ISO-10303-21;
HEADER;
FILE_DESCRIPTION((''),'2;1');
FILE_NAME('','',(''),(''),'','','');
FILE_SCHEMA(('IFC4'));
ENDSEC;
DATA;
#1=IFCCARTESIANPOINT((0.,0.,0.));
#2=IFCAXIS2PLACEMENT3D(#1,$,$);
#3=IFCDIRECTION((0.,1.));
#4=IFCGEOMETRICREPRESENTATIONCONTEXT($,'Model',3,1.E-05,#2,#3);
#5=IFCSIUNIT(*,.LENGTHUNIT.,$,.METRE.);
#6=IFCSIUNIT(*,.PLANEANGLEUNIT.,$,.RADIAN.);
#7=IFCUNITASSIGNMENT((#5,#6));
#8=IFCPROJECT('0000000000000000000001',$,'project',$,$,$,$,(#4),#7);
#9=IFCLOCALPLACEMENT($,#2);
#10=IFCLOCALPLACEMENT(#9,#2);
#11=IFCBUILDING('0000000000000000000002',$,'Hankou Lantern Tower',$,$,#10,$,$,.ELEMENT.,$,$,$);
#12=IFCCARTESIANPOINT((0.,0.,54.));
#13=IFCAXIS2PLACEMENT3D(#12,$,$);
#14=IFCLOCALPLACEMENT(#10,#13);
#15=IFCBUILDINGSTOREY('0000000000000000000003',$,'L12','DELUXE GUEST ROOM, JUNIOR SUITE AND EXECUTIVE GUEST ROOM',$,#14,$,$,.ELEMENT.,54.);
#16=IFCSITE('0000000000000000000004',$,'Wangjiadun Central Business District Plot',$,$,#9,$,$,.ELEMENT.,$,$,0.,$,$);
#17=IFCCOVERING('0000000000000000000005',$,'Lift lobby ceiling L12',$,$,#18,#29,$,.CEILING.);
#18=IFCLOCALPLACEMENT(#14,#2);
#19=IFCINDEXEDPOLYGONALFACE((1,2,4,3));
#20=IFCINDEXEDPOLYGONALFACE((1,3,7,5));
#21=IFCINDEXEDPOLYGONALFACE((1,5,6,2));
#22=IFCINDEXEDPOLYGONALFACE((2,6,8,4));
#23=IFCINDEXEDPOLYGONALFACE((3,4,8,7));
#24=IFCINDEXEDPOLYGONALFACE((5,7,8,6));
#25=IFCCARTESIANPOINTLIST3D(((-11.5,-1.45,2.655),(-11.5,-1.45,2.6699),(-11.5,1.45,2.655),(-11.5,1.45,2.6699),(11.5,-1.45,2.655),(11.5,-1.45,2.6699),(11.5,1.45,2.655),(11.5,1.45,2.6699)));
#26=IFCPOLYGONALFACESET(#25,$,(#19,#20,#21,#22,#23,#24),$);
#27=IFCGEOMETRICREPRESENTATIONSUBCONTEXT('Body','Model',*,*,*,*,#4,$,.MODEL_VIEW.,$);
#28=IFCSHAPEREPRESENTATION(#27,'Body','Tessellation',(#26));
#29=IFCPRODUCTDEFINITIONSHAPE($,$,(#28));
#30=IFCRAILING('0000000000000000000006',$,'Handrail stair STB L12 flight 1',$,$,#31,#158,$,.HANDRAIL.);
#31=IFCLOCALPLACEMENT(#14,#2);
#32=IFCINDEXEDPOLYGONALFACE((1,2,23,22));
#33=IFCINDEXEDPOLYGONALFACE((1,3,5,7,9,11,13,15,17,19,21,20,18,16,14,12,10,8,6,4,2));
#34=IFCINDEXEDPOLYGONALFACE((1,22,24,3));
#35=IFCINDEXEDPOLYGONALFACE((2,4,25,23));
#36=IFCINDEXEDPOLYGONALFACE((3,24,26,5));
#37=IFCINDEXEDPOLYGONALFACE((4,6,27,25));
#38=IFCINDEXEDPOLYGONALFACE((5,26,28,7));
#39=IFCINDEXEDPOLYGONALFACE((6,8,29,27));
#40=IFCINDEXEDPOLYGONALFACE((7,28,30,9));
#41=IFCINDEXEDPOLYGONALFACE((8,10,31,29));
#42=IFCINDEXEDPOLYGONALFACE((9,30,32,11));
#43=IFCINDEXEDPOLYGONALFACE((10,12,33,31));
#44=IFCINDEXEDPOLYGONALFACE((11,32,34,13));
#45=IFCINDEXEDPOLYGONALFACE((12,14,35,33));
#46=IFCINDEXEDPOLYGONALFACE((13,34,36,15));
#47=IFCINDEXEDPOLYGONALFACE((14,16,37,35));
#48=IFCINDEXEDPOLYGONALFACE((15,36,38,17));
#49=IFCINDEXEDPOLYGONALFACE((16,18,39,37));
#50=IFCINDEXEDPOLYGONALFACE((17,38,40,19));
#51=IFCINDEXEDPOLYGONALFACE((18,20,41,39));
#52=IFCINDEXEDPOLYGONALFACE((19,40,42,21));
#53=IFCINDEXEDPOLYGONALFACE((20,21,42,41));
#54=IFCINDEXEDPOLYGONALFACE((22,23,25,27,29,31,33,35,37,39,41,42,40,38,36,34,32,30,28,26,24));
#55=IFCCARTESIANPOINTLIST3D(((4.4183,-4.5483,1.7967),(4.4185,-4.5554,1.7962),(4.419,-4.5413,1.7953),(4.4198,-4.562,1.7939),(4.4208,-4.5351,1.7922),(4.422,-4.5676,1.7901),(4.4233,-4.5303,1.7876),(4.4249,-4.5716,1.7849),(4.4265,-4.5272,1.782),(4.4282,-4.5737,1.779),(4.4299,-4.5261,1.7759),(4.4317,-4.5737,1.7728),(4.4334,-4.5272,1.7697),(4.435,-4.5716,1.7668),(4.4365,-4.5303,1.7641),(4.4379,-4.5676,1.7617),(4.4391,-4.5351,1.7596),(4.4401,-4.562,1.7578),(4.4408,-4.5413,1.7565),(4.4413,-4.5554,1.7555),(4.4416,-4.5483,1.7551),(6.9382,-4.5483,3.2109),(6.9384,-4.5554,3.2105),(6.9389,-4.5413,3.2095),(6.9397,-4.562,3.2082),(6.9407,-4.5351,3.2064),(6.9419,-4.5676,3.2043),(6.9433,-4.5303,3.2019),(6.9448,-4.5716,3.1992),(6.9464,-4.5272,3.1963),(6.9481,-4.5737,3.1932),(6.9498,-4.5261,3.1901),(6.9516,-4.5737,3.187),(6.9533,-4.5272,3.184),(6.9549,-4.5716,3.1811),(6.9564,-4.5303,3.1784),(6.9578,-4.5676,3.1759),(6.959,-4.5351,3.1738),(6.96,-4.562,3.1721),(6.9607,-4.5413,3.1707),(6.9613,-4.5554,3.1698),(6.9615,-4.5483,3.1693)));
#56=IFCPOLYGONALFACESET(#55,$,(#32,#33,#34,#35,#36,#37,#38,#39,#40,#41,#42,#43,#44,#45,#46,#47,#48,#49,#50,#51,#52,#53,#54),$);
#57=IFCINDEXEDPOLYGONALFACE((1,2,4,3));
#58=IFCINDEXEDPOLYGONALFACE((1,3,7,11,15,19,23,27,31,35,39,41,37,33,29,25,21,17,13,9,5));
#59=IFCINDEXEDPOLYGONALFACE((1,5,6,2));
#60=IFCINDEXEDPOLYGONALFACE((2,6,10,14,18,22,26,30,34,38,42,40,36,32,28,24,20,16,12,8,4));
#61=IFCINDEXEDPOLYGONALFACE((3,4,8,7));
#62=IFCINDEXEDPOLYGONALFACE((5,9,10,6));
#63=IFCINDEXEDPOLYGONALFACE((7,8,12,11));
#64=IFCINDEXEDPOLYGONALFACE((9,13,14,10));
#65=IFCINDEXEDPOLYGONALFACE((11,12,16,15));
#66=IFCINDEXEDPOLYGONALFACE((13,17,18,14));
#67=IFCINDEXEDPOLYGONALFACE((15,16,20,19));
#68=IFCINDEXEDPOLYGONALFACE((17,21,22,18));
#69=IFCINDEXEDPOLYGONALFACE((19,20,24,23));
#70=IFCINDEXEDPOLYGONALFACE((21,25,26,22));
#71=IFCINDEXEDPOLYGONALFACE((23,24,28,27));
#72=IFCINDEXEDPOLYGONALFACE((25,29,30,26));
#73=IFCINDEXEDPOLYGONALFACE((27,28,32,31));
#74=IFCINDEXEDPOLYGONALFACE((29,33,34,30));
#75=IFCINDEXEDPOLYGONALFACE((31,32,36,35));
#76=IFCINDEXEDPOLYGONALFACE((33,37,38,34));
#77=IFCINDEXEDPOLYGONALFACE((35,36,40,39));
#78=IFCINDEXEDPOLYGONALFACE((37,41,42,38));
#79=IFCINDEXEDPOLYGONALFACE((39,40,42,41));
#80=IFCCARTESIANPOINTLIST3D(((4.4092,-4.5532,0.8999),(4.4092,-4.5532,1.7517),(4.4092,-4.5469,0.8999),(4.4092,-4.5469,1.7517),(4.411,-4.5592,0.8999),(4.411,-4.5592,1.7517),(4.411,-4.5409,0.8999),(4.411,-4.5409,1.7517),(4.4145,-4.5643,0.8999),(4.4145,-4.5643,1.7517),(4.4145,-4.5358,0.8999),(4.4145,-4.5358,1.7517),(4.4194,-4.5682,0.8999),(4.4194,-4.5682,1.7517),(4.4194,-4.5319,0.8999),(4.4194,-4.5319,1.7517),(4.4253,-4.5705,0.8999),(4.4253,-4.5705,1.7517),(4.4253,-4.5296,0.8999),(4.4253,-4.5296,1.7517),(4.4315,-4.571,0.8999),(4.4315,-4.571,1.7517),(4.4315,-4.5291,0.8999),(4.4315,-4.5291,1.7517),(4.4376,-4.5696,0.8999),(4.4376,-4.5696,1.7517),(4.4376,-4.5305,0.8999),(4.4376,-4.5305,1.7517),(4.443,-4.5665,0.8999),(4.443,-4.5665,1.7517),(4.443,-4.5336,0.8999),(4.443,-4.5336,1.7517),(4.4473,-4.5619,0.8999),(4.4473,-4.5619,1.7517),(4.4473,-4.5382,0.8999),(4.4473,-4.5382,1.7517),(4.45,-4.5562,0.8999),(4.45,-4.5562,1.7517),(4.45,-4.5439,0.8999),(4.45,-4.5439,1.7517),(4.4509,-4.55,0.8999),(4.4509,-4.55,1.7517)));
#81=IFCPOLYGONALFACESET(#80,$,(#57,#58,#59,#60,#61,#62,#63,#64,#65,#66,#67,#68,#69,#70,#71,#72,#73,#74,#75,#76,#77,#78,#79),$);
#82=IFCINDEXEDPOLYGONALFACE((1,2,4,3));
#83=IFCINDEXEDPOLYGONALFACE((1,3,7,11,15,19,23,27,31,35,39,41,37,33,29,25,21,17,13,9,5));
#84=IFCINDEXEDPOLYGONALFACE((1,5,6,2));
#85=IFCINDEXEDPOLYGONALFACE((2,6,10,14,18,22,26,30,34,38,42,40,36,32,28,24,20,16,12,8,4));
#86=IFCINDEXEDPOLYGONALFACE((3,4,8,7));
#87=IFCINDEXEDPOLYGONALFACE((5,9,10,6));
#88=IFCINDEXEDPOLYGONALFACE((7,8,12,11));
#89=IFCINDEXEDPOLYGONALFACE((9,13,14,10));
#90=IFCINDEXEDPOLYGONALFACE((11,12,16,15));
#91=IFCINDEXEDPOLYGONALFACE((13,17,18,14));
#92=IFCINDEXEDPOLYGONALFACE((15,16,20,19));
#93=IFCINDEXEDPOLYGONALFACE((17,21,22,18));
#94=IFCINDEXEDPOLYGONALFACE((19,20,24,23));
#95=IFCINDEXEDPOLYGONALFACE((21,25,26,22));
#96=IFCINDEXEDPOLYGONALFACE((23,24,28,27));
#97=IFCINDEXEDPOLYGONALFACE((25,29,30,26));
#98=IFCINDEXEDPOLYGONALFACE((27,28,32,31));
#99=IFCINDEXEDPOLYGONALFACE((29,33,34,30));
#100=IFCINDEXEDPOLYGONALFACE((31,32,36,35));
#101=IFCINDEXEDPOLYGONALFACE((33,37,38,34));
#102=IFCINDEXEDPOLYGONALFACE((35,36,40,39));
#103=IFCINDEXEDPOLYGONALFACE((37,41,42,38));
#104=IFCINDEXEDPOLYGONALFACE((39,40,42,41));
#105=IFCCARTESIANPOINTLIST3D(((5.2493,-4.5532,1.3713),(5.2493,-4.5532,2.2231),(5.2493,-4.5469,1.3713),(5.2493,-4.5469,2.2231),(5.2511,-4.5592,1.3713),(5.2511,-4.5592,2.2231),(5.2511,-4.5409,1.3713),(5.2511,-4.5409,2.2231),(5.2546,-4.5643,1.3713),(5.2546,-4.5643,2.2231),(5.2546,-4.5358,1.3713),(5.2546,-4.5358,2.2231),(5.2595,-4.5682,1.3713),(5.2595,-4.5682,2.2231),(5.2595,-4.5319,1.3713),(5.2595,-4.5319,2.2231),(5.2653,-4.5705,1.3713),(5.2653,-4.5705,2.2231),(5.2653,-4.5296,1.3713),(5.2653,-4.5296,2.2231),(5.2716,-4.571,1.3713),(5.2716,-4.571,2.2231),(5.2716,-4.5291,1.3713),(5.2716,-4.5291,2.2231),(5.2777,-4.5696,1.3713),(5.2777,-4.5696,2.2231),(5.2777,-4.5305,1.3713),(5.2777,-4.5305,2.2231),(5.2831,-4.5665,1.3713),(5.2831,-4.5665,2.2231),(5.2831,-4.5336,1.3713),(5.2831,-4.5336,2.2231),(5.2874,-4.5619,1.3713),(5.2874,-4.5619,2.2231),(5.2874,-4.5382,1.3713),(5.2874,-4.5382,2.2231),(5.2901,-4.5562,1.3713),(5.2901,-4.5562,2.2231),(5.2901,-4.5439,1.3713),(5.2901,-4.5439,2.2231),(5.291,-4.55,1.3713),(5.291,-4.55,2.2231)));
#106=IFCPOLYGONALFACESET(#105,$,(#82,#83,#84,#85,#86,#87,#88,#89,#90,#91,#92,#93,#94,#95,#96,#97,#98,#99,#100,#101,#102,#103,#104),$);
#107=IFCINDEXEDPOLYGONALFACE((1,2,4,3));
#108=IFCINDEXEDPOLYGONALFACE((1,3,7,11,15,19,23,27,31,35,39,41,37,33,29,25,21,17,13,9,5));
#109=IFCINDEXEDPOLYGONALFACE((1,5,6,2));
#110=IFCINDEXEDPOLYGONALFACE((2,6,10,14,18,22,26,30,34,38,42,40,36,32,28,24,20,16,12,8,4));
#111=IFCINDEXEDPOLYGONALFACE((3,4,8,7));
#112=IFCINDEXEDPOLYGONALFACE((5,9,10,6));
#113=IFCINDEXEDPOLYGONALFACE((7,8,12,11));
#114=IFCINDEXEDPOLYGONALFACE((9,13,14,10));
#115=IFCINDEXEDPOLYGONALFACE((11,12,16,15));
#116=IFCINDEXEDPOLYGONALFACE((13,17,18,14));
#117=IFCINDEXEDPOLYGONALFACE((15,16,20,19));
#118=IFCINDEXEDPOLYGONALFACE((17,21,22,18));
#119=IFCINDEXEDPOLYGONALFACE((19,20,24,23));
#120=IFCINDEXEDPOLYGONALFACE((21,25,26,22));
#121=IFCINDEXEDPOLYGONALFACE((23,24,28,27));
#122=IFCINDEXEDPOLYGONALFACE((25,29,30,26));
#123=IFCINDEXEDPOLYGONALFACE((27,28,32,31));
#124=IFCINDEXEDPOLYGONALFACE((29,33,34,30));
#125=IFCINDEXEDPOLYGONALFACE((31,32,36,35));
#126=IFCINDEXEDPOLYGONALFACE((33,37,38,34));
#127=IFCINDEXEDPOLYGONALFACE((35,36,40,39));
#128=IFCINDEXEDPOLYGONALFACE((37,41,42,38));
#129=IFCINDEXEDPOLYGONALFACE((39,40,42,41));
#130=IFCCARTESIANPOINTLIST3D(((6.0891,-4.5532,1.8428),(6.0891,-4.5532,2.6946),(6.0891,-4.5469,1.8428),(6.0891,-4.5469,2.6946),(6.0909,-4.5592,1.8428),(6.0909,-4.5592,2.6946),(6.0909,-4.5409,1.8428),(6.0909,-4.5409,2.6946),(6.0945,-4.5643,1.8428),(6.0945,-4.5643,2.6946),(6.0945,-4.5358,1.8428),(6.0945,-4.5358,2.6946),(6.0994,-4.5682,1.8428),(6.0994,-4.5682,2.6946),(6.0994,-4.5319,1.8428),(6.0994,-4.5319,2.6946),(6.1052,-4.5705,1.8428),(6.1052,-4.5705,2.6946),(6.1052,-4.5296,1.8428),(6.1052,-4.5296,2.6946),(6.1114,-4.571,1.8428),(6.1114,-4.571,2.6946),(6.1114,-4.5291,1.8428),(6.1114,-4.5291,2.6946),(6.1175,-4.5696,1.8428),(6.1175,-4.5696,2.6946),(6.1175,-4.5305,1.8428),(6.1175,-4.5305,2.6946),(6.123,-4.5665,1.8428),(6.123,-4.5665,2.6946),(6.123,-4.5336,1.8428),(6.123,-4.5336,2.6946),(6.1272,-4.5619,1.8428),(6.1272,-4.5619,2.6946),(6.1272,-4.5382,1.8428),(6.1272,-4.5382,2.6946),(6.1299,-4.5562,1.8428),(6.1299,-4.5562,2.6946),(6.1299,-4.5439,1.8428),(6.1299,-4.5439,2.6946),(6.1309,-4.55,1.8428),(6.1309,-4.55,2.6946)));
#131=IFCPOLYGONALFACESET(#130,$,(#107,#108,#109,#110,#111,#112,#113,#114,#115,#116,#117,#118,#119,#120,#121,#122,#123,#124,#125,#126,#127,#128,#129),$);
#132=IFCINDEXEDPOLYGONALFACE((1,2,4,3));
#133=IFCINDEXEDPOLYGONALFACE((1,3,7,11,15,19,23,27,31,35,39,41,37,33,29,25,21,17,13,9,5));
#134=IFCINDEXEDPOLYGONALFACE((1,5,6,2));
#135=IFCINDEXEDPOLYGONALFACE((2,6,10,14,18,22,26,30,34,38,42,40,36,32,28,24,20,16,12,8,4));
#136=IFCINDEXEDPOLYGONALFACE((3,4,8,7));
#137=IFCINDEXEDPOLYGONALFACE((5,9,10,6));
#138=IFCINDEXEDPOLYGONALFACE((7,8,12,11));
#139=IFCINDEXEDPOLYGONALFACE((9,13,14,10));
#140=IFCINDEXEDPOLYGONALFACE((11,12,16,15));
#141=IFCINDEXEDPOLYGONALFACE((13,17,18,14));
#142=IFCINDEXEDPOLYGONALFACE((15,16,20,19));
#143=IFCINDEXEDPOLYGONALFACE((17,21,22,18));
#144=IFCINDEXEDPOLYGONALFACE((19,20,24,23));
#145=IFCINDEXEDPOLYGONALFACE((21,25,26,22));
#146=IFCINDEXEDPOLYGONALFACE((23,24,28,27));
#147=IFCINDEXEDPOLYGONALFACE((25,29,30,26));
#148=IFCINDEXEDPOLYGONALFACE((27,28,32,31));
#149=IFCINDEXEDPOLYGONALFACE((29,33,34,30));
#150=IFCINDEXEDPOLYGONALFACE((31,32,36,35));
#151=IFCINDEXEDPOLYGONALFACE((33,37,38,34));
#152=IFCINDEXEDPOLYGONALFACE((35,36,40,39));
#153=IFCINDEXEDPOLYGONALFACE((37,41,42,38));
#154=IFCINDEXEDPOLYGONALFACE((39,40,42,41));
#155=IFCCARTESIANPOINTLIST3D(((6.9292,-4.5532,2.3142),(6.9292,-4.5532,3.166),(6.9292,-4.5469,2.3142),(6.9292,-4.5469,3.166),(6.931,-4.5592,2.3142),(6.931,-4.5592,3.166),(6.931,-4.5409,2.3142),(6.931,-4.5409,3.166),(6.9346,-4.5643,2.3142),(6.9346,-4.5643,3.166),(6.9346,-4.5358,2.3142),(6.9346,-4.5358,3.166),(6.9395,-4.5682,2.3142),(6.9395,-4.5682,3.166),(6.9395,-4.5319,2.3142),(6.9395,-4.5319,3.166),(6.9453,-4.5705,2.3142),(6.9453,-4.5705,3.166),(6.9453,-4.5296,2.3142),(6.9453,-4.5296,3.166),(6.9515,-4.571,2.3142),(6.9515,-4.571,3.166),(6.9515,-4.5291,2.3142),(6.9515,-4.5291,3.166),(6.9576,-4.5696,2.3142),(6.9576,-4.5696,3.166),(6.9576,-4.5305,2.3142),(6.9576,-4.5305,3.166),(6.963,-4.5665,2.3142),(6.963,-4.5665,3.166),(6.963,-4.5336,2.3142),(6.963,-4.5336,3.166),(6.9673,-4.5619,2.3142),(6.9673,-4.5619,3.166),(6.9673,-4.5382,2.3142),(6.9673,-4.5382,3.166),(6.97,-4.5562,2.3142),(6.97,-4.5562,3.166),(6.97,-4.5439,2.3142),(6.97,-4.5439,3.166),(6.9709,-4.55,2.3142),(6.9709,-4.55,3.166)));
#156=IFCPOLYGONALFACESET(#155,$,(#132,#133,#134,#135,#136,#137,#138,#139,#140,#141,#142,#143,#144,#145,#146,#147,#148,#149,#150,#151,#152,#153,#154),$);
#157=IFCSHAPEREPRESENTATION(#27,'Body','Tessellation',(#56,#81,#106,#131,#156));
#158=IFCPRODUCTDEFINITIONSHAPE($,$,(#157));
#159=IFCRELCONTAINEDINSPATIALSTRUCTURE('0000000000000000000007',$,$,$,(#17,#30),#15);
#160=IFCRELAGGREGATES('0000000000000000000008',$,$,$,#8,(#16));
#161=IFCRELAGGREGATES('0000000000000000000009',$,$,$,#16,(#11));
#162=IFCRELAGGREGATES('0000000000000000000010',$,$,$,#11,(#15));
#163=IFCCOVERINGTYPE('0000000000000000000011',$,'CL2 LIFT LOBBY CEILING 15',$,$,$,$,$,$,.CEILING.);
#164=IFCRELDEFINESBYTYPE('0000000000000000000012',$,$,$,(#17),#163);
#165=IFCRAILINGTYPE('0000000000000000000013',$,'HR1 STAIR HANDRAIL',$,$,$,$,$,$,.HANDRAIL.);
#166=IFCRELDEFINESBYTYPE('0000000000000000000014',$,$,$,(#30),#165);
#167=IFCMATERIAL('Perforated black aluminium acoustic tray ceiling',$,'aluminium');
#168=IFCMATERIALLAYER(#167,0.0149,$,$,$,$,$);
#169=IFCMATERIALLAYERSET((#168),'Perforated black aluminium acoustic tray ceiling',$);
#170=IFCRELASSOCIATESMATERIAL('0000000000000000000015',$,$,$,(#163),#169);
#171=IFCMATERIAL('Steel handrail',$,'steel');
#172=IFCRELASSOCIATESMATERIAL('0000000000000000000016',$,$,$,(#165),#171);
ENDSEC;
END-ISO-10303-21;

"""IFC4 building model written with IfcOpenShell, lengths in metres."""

from ifc_helpers import new_model, si_unit, direction, frame, origin, origin_2d, place, context, subcontext, project, spatial, polyline, circle, outline, extrude, material, layer, layer_set, type_object, element, save


model = new_model("IFC4")

# Units and contexts
model_context = context("Model", 3, precision=1e-05, world=origin(), true_north=direction((0.0, 1.0)))
body_context = subcontext(model_context, "Body", "Model", "MODEL_VIEW")
ifc_project = project(units=[si_unit("LENGTHUNIT", "METRE"), si_unit("PLANEANGLEUNIT", "RADIAN")], contexts=[model_context])

# Site, building, storey
site_placement = place(None, origin())
site = spatial("IfcSite", under=ifc_project, at=site_placement, Name="Wangjiadun Central Business District Plot", CompositionType="ELEMENT", RefElevation=0.0)
building_placement = place(site_placement, origin())
building = spatial("IfcBuilding", under=site, at=building_placement, Name="Hankou Lantern Tower", CompositionType="ELEMENT")
storey_placement = place(building_placement, frame((0.0, 0.0, 54.0)))
storey = spatial("IfcBuildingStorey", under=building, at=storey_placement, Name="L12", Description="DELUXE GUEST ROOM, JUNIOR SUITE AND EXECUTIVE GUEST ROOM", CompositionType="ELEMENT", Elevation=54.0)

# Covering
ifc_material_1 = material(Name="Perforated black aluminium acoustic tray ceiling", Category="aluminium")
ifc_layer_1 = layer(ifc_material_1, 0.0149)
ifc_layer_set_1 = layer_set([ifc_layer_1], Name="Perforated black aluminium acoustic tray ceiling")
covering_type_1 = type_object("IfcCoveringType", Name="CL2 LIFT LOBBY CEILING 15", PredefinedType="CEILING", material=ifc_layer_set_1)
covering_1_placement = place(storey_placement, frame((0.0, 0.0, 2.655)))
element("IfcCovering", 1, at=covering_1_placement, inside=storey, type_object=covering_type_1, Name="Lift lobby ceiling L12", PredefinedType="CEILING", context=body_context, shape_type="SweptSolid", body=[
    extrude(outline(polyline([(-11.5, -1.45), (11.5, -1.45), (11.5, 1.45), (-11.5, 1.45), (-11.5, -1.45)])), origin(), (0.0, 0.0, 1.0), 0.0149),
])

# Railing
ifc_material_2 = material(Name="Steel handrail", Category="steel")
railing_type = type_object("IfcRailingType", Name="HR1 STAIR HANDRAIL", PredefinedType="HANDRAIL", material=ifc_material_2)
railing_placement = place(storey_placement, frame((4.4299, -4.55, 0.8999)))
element("IfcRailing", 2, at=railing_placement, inside=storey, type_object=railing_type, Name="Handrail stair STB L12 flight 1", PredefinedType="HANDRAIL", context=body_context, shape_type="SweptSolid", body=[
    extrude(circle(Radius=0.0239, at=origin_2d()), frame((0.0, 0.0, 0.876), z_axis=(0.872049, 0.0, 0.489419), x_axis=(0.0, 1.0, 0.0)), (0.0, 0.0, 1.0), 2.8896),
    extrude(circle(Radius=0.021, at=origin_2d()), origin(), (0.0, 0.0, 1.0), 0.8518),
    extrude(circle(Radius=0.021, at=origin_2d()), frame((0.8401, 0.0, 0.4714)), (0.0, 0.0, 1.0), 0.8518),
    extrude(circle(Radius=0.021, at=origin_2d()), frame((1.6799, 0.0, 0.9429)), (0.0, 0.0, 1.0), 0.8518),
    extrude(circle(Radius=0.021, at=origin_2d()), frame((2.52, 0.0, 1.4143)), (0.0, 0.0, 1.0), 0.8518),
])

save(model, "model.ifc")
